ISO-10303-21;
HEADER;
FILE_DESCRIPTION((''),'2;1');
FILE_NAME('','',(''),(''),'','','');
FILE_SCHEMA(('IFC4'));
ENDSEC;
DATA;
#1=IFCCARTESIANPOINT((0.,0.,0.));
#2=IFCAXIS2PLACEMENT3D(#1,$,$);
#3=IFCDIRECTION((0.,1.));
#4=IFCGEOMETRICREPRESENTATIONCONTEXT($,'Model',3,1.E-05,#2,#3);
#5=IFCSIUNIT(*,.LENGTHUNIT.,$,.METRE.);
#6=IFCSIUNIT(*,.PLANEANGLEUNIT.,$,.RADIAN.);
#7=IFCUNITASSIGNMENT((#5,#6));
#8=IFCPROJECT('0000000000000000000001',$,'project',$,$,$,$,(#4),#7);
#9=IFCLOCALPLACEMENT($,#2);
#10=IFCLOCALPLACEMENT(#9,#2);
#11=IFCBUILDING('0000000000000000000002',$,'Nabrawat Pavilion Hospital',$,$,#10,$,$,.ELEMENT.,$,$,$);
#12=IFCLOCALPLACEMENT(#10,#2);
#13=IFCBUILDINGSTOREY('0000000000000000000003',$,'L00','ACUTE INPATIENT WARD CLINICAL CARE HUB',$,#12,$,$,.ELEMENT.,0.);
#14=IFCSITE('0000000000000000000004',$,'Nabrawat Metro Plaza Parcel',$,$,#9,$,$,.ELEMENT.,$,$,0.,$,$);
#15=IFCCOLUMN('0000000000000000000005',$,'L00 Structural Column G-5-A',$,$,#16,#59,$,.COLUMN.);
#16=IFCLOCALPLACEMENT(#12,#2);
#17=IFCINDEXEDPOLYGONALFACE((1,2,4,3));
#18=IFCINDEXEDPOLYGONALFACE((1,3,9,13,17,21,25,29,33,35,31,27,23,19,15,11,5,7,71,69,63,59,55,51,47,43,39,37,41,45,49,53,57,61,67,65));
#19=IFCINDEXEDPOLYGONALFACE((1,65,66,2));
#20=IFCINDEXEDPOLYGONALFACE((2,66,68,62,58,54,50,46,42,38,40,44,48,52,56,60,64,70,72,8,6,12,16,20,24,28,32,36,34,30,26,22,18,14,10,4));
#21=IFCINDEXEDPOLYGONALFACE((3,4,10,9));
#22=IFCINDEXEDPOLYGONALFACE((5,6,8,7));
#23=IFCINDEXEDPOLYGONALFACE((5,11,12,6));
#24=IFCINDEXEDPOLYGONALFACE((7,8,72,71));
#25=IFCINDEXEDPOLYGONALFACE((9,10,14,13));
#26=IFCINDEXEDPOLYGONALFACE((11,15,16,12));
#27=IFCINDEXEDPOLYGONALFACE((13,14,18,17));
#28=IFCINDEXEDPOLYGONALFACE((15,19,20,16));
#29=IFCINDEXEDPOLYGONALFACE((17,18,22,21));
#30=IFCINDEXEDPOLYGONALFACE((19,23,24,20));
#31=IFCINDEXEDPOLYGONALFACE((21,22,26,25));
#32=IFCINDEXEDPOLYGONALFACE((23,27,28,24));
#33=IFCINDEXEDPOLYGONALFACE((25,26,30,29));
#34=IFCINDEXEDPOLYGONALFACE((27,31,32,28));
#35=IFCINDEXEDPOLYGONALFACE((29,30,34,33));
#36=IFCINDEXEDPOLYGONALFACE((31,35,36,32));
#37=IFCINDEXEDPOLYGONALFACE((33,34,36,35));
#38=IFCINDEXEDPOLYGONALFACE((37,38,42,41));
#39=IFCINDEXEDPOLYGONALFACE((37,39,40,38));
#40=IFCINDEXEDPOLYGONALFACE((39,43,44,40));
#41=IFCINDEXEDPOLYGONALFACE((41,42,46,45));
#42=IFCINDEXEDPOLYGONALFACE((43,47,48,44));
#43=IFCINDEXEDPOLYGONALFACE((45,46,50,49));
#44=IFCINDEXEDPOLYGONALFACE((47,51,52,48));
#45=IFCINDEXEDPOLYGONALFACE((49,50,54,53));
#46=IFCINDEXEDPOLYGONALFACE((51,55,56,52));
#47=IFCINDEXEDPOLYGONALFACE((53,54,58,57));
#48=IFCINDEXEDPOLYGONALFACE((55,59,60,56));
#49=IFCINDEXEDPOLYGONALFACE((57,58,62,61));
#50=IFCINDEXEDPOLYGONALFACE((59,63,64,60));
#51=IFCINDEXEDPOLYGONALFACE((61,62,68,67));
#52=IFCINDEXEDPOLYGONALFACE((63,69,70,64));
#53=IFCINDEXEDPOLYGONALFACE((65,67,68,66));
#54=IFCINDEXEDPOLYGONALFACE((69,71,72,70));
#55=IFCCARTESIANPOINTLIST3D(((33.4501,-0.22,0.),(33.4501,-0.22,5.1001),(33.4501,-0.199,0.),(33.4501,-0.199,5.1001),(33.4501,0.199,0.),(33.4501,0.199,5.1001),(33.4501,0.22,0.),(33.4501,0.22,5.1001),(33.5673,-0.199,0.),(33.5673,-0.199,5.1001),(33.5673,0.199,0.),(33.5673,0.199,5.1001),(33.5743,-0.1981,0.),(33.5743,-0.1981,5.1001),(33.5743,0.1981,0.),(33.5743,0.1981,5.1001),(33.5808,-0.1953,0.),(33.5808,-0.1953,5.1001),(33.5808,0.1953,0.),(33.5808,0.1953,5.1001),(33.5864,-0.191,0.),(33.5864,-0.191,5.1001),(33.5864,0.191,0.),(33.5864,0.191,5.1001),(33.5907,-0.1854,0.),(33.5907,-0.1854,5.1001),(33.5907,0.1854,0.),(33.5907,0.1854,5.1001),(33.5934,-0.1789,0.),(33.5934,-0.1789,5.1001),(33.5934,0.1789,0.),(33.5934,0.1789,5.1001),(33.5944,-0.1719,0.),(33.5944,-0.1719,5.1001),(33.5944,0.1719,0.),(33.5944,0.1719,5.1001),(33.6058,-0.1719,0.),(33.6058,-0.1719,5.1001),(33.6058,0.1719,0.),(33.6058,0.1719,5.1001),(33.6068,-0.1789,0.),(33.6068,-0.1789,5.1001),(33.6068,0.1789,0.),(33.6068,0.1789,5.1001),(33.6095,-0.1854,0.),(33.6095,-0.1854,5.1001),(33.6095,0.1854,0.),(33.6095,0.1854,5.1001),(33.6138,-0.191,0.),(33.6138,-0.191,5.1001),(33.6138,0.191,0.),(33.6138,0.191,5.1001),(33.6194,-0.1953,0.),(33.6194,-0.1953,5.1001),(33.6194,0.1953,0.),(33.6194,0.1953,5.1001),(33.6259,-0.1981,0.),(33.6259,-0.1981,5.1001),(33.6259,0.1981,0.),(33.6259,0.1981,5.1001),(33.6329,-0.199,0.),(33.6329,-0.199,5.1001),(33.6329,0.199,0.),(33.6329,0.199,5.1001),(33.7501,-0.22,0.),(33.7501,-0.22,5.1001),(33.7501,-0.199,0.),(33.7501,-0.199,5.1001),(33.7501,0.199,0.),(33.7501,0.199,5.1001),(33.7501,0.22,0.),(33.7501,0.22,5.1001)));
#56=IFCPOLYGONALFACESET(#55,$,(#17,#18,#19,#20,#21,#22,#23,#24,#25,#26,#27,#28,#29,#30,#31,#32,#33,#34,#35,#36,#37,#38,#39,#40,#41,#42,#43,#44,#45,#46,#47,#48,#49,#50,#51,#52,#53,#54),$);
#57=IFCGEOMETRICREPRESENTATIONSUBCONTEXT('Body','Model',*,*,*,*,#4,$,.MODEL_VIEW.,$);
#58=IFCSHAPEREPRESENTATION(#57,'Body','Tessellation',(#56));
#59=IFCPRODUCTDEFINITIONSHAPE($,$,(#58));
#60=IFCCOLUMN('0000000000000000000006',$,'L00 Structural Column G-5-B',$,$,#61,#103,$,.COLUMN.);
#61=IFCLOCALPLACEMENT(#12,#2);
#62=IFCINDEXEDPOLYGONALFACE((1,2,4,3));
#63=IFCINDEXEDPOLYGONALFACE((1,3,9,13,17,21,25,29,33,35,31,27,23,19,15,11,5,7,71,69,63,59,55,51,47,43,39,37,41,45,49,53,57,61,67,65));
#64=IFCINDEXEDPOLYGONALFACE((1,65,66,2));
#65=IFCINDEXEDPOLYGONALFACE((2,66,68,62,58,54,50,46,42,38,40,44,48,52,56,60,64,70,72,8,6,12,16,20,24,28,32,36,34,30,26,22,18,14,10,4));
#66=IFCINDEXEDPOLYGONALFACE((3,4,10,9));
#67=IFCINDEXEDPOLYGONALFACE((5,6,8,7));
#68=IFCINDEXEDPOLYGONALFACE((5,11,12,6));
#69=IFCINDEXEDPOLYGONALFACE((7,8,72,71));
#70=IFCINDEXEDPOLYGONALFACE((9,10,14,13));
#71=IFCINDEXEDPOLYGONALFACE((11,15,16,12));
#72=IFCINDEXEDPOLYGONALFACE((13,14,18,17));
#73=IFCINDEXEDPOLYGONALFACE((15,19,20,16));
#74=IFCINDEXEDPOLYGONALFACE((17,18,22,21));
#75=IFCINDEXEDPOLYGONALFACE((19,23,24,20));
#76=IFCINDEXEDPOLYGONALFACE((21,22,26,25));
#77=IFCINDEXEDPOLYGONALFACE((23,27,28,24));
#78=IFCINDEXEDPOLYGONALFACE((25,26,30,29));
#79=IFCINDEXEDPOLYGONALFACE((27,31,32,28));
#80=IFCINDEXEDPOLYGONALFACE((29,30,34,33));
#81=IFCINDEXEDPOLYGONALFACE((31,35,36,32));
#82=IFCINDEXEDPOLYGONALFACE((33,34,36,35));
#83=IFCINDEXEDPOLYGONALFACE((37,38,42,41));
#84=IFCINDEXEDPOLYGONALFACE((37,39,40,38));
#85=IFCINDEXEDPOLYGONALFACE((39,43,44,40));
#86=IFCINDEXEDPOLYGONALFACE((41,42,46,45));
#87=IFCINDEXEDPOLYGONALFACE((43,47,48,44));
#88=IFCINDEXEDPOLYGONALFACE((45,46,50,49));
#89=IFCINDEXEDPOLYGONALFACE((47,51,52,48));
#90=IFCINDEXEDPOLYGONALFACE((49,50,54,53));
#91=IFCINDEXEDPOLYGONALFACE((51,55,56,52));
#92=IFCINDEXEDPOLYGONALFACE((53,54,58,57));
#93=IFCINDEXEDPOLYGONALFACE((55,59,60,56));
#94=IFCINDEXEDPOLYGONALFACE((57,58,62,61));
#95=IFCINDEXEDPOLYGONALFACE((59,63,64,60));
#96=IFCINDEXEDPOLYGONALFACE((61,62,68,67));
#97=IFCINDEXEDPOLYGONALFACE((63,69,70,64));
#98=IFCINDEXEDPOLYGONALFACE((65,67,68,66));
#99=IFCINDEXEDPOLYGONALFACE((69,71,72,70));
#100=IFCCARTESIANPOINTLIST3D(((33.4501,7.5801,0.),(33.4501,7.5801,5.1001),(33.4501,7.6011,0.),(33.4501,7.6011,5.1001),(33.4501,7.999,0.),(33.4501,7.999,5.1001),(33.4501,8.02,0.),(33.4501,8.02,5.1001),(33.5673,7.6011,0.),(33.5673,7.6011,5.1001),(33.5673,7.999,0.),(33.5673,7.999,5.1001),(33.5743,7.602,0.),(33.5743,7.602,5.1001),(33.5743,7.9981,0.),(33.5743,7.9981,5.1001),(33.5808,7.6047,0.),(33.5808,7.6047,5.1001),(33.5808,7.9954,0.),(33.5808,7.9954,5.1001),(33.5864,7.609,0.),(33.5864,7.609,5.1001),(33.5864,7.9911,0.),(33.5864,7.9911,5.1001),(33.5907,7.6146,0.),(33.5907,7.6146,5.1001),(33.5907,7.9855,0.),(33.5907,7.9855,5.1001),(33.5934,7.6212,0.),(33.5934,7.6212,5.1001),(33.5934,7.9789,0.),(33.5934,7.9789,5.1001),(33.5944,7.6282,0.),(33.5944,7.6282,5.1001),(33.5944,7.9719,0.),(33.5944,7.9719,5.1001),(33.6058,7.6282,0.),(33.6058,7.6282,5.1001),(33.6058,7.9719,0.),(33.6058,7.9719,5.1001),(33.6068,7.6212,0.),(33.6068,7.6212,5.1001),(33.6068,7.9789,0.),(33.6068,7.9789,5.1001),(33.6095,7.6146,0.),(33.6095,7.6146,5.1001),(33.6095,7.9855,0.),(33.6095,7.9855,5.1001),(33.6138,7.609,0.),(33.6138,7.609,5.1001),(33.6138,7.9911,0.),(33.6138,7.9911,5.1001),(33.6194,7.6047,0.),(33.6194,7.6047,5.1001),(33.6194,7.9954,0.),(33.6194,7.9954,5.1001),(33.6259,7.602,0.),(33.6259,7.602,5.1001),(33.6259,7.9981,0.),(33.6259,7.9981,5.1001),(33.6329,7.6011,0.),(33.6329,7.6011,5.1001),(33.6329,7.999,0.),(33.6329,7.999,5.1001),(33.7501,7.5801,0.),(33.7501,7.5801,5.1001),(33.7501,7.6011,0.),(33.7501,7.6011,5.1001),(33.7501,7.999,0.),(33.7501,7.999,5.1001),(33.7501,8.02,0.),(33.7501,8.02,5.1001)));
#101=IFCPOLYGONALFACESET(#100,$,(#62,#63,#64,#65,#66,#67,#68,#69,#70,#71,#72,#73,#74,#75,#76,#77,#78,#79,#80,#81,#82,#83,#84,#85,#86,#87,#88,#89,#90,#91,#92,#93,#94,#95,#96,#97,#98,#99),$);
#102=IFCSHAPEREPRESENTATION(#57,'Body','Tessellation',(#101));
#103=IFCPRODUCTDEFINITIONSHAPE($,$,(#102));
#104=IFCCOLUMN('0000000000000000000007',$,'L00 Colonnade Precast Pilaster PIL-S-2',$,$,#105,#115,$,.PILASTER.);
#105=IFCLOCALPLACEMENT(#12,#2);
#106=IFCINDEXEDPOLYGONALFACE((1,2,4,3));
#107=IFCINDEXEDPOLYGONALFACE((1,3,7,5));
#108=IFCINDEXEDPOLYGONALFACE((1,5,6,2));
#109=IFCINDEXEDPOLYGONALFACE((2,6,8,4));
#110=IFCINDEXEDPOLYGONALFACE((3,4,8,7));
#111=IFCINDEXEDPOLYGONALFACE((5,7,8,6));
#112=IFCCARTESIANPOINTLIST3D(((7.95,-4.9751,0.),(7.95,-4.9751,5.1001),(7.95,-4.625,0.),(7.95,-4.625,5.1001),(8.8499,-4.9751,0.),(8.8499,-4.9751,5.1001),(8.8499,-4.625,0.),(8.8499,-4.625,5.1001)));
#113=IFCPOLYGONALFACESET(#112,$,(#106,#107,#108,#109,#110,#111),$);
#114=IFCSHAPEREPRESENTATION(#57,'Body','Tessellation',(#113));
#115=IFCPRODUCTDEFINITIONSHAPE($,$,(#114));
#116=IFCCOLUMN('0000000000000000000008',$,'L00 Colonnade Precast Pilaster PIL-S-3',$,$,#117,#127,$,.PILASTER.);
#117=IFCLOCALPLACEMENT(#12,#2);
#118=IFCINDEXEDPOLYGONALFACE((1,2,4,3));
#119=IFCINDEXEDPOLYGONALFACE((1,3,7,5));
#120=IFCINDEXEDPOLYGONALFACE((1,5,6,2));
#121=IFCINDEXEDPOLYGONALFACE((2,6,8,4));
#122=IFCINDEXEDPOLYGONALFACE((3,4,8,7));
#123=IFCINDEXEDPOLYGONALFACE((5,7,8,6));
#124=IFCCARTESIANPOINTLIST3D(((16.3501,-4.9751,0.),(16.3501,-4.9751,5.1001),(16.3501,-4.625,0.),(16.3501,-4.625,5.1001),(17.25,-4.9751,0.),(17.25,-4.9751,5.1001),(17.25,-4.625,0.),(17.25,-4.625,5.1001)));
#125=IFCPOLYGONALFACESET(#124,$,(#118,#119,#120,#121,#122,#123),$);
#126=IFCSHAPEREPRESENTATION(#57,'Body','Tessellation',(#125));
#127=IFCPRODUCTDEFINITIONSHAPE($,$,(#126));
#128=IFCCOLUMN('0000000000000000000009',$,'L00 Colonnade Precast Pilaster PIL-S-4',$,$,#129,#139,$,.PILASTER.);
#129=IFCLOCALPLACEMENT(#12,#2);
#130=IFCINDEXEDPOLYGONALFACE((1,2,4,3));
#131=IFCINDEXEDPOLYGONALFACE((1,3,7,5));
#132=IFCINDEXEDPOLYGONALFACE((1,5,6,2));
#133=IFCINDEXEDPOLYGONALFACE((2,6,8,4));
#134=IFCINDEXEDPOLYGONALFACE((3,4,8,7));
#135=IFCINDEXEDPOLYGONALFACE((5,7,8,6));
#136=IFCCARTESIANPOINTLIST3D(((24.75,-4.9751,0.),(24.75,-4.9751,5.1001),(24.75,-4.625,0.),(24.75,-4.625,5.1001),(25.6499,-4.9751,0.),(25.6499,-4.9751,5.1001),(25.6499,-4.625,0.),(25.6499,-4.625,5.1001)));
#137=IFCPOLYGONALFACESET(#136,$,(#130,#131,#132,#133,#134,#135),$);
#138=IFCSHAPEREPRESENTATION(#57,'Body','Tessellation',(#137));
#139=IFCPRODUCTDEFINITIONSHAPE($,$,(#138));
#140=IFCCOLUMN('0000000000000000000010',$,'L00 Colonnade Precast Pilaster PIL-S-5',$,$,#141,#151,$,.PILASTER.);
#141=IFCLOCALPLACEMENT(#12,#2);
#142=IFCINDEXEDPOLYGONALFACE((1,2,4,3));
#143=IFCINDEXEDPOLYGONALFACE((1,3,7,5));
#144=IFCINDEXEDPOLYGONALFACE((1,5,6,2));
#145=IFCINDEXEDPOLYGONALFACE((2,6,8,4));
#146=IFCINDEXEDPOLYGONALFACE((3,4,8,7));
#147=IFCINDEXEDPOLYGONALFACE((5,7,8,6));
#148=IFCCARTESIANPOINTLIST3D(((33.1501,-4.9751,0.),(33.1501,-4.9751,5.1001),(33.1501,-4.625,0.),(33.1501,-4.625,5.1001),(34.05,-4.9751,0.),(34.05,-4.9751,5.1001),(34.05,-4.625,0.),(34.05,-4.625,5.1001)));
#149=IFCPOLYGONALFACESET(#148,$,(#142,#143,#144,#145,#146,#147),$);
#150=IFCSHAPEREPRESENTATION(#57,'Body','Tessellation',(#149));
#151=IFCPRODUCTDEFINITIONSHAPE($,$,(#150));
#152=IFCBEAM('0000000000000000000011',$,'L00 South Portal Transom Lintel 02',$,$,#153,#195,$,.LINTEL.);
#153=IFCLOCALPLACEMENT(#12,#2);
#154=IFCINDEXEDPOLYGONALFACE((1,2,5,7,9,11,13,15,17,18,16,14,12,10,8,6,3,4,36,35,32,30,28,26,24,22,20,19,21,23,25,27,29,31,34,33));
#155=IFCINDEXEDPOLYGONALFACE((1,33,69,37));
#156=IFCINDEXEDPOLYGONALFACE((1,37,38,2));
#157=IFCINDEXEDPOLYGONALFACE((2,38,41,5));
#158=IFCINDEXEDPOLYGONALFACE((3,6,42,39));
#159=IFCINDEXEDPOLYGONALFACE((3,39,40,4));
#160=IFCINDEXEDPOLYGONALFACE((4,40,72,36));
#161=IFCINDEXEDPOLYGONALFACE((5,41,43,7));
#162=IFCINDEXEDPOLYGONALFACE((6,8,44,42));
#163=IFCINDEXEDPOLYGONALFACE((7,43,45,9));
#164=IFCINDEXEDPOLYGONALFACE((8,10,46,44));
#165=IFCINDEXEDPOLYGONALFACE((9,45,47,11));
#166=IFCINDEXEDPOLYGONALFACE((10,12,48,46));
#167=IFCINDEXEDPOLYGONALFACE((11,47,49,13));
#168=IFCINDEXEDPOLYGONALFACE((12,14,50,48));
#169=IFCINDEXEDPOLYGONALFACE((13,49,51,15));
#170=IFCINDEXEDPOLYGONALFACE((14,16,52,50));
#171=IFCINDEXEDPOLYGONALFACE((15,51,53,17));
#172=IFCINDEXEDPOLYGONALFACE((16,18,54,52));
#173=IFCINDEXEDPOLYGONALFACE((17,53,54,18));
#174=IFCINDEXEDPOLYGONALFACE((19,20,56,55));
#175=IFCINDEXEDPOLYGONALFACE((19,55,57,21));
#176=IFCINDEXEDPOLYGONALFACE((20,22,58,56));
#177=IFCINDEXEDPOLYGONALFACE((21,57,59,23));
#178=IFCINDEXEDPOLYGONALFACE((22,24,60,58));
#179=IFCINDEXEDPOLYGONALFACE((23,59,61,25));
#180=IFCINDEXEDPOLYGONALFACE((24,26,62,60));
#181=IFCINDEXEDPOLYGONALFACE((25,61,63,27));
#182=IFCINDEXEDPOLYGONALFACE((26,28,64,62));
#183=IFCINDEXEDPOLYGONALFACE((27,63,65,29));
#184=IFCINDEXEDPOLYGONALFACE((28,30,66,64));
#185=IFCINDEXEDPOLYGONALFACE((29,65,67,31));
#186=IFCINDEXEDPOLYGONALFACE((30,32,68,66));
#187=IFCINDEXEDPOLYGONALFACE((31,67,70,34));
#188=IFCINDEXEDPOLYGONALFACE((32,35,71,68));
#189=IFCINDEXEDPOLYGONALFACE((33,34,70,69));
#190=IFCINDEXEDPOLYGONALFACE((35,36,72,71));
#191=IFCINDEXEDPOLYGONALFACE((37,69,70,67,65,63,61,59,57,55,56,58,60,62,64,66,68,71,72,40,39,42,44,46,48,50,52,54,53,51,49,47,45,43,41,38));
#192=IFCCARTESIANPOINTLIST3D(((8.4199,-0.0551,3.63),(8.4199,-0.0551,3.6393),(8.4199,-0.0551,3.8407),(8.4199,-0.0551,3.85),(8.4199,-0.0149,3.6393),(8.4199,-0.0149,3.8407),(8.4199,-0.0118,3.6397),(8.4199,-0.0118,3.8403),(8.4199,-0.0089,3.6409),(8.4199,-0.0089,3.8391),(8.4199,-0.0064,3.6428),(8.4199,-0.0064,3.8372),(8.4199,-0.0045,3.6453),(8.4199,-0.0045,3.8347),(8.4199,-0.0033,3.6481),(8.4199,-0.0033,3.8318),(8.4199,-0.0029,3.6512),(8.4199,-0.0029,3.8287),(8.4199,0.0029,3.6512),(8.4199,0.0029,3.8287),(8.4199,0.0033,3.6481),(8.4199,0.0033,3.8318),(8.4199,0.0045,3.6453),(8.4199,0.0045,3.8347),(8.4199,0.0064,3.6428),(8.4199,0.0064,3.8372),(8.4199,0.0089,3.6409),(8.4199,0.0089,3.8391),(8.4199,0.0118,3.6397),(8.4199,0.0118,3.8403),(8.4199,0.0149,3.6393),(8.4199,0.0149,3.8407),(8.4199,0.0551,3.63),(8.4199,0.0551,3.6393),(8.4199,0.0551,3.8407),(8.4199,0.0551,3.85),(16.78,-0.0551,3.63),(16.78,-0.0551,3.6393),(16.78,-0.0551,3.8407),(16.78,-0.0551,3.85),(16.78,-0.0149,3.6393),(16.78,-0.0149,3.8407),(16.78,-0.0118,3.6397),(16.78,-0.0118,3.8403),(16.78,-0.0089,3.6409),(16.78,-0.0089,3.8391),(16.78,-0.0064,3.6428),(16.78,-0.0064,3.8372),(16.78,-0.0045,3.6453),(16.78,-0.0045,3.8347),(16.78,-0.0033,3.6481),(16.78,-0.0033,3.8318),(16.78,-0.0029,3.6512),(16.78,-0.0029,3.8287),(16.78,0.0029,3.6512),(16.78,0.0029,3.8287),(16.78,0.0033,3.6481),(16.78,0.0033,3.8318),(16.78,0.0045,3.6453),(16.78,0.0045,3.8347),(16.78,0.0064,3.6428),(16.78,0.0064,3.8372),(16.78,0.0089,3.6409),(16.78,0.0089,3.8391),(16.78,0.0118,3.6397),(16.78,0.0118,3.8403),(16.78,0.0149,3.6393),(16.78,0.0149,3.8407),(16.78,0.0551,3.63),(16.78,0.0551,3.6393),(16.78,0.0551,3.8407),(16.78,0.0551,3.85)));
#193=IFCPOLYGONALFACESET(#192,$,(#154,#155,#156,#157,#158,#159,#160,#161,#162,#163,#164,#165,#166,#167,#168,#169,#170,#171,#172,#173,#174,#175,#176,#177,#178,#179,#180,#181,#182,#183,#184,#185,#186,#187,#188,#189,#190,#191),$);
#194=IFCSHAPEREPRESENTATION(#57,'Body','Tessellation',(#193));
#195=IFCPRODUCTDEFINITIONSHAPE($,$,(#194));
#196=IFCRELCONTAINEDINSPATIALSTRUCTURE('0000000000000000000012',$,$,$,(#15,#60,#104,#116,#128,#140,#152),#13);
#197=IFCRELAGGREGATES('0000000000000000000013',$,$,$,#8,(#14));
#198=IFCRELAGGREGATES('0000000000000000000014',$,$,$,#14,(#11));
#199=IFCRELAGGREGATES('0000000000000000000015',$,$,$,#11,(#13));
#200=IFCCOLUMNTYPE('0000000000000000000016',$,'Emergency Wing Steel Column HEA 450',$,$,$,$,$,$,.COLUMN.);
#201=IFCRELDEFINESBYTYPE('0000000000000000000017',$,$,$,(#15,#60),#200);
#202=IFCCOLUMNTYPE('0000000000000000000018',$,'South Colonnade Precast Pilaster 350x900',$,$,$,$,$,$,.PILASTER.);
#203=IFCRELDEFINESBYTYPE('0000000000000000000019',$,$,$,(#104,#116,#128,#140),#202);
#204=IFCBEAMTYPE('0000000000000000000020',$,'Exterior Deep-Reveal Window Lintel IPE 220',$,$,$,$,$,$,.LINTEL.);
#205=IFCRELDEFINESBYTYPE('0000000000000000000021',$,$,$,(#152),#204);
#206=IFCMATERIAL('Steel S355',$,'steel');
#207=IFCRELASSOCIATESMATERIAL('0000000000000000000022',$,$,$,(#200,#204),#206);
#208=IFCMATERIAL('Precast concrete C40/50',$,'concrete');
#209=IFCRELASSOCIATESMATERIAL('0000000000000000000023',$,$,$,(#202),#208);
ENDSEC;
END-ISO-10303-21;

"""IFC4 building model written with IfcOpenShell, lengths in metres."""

from ifc_helpers import new_model, si_unit, direction, frame, origin, origin_2d, place, context, subcontext, project, spatial, rectangle, i_section, extrude, material, material_profile, profile_set, type_object, element, save


model = new_model("IFC4")

# Units and contexts
model_context = context("Model", 3, precision=1e-05, world=origin(), true_north=direction((0.0, 1.0)))
body_context = subcontext(model_context, "Body", "Model", "MODEL_VIEW")
ifc_project = project(units=[si_unit("LENGTHUNIT", "METRE"), si_unit("PLANEANGLEUNIT", "RADIAN")], contexts=[model_context])

# Site, building, storey
site_placement = place(None, origin())
site = spatial("IfcSite", under=ifc_project, at=site_placement, Name="Nabrawat Metro Plaza Parcel", CompositionType="ELEMENT", RefElevation=0.0)
building_placement = place(site_placement, origin())
building = spatial("IfcBuilding", under=site, at=building_placement, Name="Nabrawat Pavilion Hospital", CompositionType="ELEMENT")
storey_placement = place(building_placement, origin())
storey = spatial("IfcBuildingStorey", under=building, at=storey_placement, Name="L00", Description="ACUTE INPATIENT WARD CLINICAL CARE HUB", CompositionType="ELEMENT", Elevation=0.0)

# Columns
ifc_material_1 = material(Name="Steel S355", Category="steel")
ifc_material_profile_1 = material_profile(ifc_material_1, i_section(OverallWidth=0.3, OverallDepth=0.4399, WebThickness=0.0115, FlangeThickness=0.021, FilletRadius=0.0271, at=origin_2d()), Name="HEA 450")
ifc_profile_set_1 = profile_set([ifc_material_profile_1], Name="Steel S355")
column_type_1 = type_object("IfcColumnType", Name="Emergency Wing Steel Column HEA 450", PredefinedType="COLUMN", material=ifc_profile_set_1)
for number, where, z_axis, x_axis, name in (
    (1, (33.6001, 0.0, 0.0), (0.0, 0.0, 1.0), (1.0, 0.0, 0.0), "L00 Structural Column G-5-A"),
    (2, (33.6001, 7.8, 0.0), (0.0, 0.0, 1.0), (1.0, 0.0, 0.0), "L00 Structural Column G-5-B"),
):
    element("IfcColumn", number, at=place(storey_placement, frame(where, z_axis=z_axis, x_axis=x_axis)), inside=storey, type_object=column_type_1, Name=name, PredefinedType="COLUMN", context=body_context, shape_type="SweptSolid", body=[
        extrude(i_section(OverallWidth=0.3, OverallDepth=0.4399, WebThickness=0.0115, FlangeThickness=0.021, FilletRadius=0.0271, at=origin_2d()), origin(), (0.0, 0.0, 1.0), 5.1001),
    ])
ifc_material_2 = material(Name="Precast concrete C40/50", Category="concrete")
ifc_material_profile_2 = material_profile(ifc_material_2, rectangle(XDim=0.3501, YDim=0.8999, at=origin_2d()), Name="PC 350x900")
ifc_profile_set_2 = profile_set([ifc_material_profile_2], Name="Precast concrete C40/50")
column_type_2 = type_object("IfcColumnType", Name="South Colonnade Precast Pilaster 350x900", PredefinedType="PILASTER", material=ifc_profile_set_2)
for number, where, z_axis, x_axis, name in (
    (3, (8.3999, -4.8, 0.0), (0.0, 0.0, 1.0), (0.0, 1.0, 0.0), "L00 Colonnade Precast Pilaster PIL-S-2"),
    (4, (16.8, -4.8, 0.0), (0.0, 0.0, 1.0), (0.0, 1.0, 0.0), "L00 Colonnade Precast Pilaster PIL-S-3"),
    (5, (25.2, -4.8, 0.0), (0.0, 0.0, 1.0), (0.0, 1.0, 0.0), "L00 Colonnade Precast Pilaster PIL-S-4"),
    (6, (33.6001, -4.8, 0.0), (0.0, 0.0, 1.0), (0.0, 1.0, 0.0), "L00 Colonnade Precast Pilaster PIL-S-5"),
):
    element("IfcColumn", number, at=place(storey_placement, frame(where, z_axis=z_axis, x_axis=x_axis)), inside=storey, type_object=column_type_2, Name=name, PredefinedType="PILASTER", context=body_context, shape_type="SweptSolid", body=[
        extrude(rectangle(XDim=0.3501, YDim=0.8999, at=origin_2d()), origin(), (0.0, 0.0, 1.0), 5.1001),
    ])

# Beam
ifc_material_profile_3 = material_profile(ifc_material_1, i_section(OverallWidth=0.1101, OverallDepth=0.22, WebThickness=0.0059, FlangeThickness=0.0093, FilletRadius=0.012, at=origin_2d()), Name="IPE 220")
ifc_profile_set_3 = profile_set([ifc_material_profile_3], Name="Steel S355")
beam_type_1 = type_object("IfcBeamType", Name="Exterior Deep-Reveal Window Lintel IPE 220", PredefinedType="LINTEL", material=ifc_profile_set_3)
beam_1_placement = place(storey_placement, frame((8.4199, 0.0, 3.74), z_axis=(1.0, 0.0, 0.0), x_axis=(0.0, 1.0, 0.0)))
element("IfcBeam", 7, at=beam_1_placement, inside=storey, type_object=beam_type_1, Name="L00 South Portal Transom Lintel 02", PredefinedType="LINTEL", context=body_context, shape_type="SweptSolid", body=[
    extrude(i_section(OverallWidth=0.1101, OverallDepth=0.22, WebThickness=0.0059, FlangeThickness=0.0093, FilletRadius=0.012, at=origin_2d()), origin(), (0.0, 0.0, 1.0), 8.3601),
])

save(model, "model.ifc")
